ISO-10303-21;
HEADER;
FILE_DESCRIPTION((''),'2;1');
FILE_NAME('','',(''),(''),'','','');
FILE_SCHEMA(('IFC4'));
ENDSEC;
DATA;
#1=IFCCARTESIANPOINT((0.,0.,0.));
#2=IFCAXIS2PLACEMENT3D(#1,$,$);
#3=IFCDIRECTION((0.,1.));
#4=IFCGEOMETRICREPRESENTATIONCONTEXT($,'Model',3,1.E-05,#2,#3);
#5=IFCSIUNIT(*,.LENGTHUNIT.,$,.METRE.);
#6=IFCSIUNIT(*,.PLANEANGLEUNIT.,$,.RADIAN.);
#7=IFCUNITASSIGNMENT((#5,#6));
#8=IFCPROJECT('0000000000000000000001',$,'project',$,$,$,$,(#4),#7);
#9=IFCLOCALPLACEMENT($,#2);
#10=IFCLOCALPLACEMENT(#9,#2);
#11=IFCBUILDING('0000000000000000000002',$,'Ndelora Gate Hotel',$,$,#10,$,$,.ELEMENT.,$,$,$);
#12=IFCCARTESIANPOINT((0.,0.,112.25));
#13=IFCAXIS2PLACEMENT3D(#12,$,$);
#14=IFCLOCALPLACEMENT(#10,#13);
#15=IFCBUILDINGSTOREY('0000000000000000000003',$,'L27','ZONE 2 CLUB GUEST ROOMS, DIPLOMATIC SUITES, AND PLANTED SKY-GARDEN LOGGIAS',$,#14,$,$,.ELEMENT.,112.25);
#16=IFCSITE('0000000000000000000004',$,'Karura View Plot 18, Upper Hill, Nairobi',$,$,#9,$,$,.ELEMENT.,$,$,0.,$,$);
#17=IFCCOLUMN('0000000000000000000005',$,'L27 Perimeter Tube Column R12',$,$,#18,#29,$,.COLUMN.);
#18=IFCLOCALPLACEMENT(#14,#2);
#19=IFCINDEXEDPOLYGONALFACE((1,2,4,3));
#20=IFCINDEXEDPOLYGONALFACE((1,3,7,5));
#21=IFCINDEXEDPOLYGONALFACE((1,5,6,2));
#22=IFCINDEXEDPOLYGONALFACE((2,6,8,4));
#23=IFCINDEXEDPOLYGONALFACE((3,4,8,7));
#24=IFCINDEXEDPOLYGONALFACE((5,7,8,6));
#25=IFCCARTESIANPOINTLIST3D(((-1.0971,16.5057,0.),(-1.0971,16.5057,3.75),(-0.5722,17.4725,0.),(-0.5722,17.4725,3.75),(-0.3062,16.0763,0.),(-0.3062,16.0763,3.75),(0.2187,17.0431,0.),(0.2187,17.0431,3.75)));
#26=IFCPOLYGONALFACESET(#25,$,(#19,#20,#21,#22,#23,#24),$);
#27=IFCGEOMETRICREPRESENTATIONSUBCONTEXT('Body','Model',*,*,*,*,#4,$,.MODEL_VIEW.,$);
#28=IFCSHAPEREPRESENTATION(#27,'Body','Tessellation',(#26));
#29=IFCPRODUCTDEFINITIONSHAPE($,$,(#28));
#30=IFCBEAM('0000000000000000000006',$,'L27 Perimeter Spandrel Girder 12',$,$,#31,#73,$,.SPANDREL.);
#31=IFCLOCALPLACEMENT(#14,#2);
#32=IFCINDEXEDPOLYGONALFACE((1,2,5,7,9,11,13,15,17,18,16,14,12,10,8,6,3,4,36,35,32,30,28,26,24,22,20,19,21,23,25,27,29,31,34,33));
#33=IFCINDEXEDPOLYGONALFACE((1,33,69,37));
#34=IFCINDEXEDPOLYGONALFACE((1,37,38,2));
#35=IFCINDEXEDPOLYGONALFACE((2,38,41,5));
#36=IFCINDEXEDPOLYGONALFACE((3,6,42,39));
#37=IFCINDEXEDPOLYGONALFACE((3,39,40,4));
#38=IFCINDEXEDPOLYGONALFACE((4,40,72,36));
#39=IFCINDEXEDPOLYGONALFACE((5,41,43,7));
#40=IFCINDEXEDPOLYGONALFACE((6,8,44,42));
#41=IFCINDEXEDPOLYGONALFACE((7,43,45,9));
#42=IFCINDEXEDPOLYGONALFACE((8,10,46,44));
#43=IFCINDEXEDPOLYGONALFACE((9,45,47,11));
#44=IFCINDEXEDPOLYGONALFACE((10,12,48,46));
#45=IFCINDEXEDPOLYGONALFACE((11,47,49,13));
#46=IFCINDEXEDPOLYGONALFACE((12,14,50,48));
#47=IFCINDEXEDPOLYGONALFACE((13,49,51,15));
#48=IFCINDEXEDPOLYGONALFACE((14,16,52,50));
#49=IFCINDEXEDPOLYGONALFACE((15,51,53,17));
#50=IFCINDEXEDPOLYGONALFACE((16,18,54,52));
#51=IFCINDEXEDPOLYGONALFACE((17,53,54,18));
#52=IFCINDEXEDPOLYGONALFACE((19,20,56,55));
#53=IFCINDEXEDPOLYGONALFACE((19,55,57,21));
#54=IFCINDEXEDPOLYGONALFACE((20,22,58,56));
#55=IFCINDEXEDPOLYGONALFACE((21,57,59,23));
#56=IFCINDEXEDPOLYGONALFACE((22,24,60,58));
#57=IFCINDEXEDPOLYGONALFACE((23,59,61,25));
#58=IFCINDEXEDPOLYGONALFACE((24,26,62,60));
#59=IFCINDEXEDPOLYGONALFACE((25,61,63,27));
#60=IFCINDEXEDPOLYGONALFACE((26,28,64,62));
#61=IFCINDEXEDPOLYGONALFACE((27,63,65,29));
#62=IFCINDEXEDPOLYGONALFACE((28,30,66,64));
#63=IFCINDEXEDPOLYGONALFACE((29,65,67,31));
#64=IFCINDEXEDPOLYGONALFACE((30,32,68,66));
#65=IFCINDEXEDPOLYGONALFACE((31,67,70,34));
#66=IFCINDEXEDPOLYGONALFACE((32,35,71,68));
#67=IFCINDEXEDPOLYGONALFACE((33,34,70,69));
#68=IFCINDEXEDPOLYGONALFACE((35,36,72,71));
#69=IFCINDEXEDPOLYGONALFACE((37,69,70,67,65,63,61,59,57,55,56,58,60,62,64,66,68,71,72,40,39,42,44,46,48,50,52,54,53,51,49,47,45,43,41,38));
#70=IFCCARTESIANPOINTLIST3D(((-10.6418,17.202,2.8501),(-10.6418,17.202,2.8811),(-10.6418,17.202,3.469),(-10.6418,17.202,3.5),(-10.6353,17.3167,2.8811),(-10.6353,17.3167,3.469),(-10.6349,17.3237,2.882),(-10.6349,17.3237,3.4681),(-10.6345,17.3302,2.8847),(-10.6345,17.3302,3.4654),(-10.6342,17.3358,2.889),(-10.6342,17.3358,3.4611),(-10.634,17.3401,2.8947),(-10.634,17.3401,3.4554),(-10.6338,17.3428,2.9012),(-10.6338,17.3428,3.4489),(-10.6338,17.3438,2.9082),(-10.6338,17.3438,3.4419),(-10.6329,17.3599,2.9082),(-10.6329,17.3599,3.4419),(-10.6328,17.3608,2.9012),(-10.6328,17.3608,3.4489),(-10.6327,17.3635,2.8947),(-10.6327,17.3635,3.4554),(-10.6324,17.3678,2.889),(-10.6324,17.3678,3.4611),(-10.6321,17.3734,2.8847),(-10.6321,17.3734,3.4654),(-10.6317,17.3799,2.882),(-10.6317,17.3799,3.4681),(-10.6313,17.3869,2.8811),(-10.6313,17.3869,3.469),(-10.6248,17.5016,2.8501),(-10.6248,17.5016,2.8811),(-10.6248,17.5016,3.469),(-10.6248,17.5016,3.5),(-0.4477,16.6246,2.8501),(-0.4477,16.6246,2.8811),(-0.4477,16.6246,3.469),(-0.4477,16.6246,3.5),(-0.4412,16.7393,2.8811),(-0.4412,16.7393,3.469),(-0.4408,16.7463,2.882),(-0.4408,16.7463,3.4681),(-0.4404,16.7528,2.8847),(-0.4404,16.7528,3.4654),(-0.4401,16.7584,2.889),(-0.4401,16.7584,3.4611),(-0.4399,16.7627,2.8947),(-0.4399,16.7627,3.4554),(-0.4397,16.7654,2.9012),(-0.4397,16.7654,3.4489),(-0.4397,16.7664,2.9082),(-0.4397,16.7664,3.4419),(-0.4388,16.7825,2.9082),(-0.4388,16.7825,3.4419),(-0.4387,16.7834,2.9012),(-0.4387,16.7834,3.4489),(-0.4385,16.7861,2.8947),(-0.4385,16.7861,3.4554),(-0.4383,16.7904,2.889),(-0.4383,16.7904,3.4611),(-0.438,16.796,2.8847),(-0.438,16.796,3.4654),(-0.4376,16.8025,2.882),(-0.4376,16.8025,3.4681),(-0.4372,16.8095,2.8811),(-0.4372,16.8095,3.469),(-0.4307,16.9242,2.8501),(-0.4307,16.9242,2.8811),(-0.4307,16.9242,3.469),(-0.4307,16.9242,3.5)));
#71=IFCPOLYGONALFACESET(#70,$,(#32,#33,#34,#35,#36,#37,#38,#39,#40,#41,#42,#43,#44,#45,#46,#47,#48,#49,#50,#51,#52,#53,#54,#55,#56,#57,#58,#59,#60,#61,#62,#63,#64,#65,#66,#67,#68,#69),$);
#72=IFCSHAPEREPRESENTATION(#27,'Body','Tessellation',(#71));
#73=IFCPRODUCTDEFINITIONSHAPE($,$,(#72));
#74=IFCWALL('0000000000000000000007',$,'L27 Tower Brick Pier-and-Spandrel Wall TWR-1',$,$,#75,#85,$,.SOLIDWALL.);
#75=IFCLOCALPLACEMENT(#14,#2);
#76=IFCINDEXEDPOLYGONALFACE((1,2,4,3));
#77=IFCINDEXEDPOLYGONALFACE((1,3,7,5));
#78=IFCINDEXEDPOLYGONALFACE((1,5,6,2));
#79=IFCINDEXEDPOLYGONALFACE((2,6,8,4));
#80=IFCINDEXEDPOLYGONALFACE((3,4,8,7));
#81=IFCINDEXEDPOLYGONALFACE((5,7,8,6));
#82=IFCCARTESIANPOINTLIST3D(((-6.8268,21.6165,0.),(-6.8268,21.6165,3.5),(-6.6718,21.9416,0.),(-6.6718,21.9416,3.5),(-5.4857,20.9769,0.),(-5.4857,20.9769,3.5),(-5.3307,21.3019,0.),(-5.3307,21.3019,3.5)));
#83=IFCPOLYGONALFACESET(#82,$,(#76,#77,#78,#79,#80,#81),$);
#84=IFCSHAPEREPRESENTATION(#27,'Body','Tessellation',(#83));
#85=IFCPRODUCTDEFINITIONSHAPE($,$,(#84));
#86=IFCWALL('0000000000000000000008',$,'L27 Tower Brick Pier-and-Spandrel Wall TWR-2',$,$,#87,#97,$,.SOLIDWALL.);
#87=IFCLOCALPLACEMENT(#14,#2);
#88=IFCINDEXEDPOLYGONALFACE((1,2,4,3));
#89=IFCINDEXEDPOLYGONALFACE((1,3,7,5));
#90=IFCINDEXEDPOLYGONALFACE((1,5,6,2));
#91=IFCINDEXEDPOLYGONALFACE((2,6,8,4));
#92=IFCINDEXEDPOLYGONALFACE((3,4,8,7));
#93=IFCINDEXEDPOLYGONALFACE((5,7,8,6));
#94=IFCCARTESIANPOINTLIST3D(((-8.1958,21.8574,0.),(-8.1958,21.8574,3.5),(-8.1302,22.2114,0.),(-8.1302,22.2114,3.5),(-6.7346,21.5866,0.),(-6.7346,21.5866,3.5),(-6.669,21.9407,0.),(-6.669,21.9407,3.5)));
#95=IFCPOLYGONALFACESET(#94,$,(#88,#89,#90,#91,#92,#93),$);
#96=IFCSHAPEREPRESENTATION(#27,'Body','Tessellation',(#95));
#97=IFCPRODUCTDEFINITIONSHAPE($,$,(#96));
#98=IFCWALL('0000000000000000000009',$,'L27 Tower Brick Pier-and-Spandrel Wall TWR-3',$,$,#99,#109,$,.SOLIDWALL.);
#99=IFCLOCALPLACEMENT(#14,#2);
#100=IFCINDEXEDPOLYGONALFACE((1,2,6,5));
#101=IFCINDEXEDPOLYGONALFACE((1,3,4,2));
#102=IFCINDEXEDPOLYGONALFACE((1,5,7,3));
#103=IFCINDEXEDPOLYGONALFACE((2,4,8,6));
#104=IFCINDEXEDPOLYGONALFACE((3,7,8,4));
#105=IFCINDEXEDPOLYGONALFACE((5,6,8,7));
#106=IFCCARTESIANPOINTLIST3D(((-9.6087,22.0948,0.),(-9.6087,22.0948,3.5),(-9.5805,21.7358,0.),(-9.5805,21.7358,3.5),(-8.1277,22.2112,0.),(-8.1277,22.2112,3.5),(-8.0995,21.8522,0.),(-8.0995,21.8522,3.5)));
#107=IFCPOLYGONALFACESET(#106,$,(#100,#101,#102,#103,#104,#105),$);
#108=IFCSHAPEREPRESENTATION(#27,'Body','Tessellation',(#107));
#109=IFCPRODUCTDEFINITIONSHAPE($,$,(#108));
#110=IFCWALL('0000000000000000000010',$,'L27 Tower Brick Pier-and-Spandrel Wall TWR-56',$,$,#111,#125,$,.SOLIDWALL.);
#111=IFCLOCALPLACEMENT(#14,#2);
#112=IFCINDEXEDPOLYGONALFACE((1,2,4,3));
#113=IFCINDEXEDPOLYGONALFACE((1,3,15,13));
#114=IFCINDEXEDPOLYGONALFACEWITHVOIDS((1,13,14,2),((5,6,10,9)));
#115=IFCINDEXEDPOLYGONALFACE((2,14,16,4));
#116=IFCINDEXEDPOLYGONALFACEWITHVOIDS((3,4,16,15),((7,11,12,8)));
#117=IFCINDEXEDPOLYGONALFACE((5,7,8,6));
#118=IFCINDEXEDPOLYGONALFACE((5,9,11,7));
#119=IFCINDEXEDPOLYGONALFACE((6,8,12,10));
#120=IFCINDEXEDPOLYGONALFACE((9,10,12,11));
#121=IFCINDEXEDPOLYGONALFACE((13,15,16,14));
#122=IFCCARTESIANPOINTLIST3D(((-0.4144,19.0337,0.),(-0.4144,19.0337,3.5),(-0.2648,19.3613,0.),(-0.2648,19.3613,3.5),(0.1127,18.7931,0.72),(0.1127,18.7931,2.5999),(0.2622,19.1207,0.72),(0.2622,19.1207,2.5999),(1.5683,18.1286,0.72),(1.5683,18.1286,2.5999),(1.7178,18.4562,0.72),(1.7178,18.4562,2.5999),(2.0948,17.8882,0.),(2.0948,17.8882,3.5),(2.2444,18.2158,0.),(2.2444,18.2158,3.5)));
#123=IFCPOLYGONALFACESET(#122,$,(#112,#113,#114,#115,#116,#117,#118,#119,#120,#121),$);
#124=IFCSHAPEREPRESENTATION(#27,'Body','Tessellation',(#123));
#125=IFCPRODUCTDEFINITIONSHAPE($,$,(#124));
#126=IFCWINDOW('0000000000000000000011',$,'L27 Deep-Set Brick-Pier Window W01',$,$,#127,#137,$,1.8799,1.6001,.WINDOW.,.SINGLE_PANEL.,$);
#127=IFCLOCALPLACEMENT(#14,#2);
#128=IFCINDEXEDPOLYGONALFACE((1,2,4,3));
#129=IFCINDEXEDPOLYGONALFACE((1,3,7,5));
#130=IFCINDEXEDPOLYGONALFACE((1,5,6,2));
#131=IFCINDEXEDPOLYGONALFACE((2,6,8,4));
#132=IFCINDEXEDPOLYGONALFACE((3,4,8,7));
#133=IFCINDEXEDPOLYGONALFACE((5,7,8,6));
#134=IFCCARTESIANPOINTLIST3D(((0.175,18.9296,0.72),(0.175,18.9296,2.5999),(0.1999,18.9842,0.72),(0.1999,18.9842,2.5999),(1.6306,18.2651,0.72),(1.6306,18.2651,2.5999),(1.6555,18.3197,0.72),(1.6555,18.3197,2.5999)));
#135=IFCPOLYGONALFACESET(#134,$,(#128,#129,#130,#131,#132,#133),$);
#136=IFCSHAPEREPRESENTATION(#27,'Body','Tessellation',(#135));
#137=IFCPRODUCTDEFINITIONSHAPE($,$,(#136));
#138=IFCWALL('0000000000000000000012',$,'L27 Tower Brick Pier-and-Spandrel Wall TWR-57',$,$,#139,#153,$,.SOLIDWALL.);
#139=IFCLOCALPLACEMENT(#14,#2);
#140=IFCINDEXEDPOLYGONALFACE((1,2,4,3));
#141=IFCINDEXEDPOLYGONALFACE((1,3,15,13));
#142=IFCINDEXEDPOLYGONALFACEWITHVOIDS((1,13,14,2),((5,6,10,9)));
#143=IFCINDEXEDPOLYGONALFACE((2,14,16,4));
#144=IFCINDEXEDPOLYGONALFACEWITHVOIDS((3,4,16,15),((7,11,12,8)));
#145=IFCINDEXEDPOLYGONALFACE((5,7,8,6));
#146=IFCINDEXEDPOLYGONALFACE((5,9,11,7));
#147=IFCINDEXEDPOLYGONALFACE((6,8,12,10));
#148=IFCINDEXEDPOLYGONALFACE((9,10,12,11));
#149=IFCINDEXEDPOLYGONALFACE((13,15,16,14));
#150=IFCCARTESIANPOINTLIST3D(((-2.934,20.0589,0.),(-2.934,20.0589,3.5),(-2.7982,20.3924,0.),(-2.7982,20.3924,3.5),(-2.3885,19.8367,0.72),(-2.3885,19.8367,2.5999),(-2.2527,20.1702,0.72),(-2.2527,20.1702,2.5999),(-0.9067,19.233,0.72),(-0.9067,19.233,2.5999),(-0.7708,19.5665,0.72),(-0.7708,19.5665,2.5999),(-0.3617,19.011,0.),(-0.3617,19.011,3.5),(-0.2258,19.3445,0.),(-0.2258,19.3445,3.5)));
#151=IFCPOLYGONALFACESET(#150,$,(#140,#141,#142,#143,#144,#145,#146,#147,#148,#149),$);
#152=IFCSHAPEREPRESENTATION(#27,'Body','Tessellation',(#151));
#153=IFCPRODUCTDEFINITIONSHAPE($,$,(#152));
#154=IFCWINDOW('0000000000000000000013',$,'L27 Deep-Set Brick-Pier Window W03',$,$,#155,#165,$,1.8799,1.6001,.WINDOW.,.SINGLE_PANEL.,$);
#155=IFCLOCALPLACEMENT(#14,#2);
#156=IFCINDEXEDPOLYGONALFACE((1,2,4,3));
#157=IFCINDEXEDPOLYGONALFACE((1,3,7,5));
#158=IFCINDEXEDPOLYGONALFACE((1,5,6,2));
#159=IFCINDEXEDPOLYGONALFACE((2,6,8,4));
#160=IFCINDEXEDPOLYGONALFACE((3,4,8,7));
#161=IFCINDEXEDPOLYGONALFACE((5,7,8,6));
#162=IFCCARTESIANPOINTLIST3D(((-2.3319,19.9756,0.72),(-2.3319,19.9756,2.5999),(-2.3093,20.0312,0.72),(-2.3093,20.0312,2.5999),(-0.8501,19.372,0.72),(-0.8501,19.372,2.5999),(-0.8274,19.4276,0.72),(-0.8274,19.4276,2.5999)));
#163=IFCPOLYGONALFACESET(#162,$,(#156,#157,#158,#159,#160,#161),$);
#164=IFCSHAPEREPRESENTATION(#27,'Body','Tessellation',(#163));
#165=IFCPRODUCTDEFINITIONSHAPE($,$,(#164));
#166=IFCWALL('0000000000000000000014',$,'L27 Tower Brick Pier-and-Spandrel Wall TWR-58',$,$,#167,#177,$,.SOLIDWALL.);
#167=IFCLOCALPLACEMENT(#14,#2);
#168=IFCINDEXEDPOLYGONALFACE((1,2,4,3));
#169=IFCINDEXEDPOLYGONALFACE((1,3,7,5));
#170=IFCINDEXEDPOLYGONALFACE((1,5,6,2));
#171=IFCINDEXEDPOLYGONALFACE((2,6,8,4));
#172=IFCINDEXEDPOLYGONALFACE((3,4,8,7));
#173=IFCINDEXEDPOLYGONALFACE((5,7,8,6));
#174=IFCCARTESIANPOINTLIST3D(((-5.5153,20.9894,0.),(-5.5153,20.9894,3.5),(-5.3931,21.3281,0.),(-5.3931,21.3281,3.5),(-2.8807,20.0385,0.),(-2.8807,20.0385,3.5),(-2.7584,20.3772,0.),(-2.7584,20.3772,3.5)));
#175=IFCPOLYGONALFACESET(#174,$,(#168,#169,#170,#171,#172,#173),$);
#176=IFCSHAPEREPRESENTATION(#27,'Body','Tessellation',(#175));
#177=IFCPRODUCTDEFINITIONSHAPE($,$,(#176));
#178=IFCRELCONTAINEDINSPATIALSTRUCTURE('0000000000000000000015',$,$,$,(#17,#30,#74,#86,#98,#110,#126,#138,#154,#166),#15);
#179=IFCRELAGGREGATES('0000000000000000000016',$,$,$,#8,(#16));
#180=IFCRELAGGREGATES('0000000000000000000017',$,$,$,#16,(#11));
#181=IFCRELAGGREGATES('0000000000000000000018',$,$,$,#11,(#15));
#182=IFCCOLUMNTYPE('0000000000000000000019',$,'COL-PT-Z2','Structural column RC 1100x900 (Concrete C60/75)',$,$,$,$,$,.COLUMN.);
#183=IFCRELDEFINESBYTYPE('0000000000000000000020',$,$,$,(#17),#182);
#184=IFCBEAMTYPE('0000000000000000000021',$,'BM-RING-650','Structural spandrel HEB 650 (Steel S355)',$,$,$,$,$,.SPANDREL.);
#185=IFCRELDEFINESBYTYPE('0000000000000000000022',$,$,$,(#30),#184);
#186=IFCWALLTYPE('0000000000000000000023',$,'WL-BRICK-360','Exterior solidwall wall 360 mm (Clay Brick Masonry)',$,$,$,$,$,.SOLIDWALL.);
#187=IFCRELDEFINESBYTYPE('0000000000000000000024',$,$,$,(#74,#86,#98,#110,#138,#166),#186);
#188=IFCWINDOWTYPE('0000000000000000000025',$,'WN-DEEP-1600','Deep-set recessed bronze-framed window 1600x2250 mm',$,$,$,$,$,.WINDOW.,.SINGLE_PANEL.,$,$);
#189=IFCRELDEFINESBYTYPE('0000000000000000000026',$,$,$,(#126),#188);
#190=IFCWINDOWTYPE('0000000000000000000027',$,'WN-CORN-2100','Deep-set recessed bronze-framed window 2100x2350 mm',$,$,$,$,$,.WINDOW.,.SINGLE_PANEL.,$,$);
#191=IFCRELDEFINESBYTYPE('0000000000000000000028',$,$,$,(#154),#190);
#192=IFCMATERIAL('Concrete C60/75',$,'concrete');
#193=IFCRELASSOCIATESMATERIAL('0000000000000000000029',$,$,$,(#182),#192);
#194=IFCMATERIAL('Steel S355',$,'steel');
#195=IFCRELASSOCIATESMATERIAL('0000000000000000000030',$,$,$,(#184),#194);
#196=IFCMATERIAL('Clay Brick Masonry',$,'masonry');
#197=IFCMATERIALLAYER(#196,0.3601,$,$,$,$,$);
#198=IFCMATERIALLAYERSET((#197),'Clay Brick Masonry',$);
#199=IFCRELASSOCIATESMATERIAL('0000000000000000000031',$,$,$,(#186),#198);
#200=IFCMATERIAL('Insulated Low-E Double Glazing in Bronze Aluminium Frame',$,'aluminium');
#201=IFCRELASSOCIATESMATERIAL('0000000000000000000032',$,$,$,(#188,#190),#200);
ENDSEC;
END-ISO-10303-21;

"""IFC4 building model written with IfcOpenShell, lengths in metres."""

from ifc_helpers import new_model, si_unit, direction, frame, frame_2d, origin, origin_2d, place, context, subcontext, project, spatial, rectangle, i_section, extrude, material, layer, layer_set, material_profile, profile_set, type_object, element, fill, save


model = new_model("IFC4")

# Units and contexts
model_context = context("Model", 3, precision=1e-05, world=origin(), true_north=direction((0.0, 1.0)))
body_context = subcontext(model_context, "Body", "Model", "MODEL_VIEW")
ifc_project = project(units=[si_unit("LENGTHUNIT", "METRE"), si_unit("PLANEANGLEUNIT", "RADIAN")], contexts=[model_context])

# Site, building, storey
site_placement = place(None, origin())
site = spatial("IfcSite", under=ifc_project, at=site_placement, Name="Karura View Plot 18, Upper Hill, Nairobi", CompositionType="ELEMENT", RefElevation=0.0)
building_placement = place(site_placement, origin())
building = spatial("IfcBuilding", under=site, at=building_placement, Name="Ndelora Gate Hotel", CompositionType="ELEMENT")
storey_placement = place(building_placement, frame((0.0, 0.0, 112.25)))
storey = spatial("IfcBuildingStorey", under=building, at=storey_placement, Name="L27", Description="ZONE 2 CLUB GUEST ROOMS, DIPLOMATIC SUITES, AND PLANTED SKY-GARDEN LOGGIAS", CompositionType="ELEMENT", Elevation=112.25)

# Column
ifc_material_1 = material(Name="Concrete C60/75", Category="concrete")
ifc_material_profile_1 = material_profile(ifc_material_1, rectangle(XDim=0.8999, YDim=1.1001, at=origin_2d()), Name="RC 1100x900")
ifc_profile_set_1 = profile_set([ifc_material_profile_1], Name="Concrete C60/75")
column_type = type_object("IfcColumnType", Name="COL-PT-Z2", Description="Structural column RC 1100x900 (Concrete C60/75)", PredefinedType="COLUMN", material=ifc_profile_set_1)
column_placement = place(storey_placement, frame((-0.4392, 16.7744, 0.0), z_axis=(0.0, 0.0, 1.0), x_axis=(-0.878817, 0.477159, 0.0)))
element("IfcColumn", 1, at=column_placement, inside=storey, type_object=column_type, Name="L27 Perimeter Tube Column R12", PredefinedType="COLUMN", context=body_context, shape_type="SweptSolid", body=[
    extrude(rectangle(XDim=0.8999, YDim=1.1001, at=origin_2d()), origin(), (0.0, 0.0, 1.0), 3.75),
])

# Beam
ifc_material_2 = material(Name="Steel S355", Category="steel")
ifc_material_profile_2 = material_profile(ifc_material_2, i_section(OverallWidth=0.3, OverallDepth=0.6499, WebThickness=0.0161, FlangeThickness=0.031, FilletRadius=0.0271, at=origin_2d()), Name="HEB 650")
ifc_profile_set_2 = profile_set([ifc_material_profile_2], Name="Steel S355")
beam_type = type_object("IfcBeamType", Name="BM-RING-650", Description="Structural spandrel HEB 650 (Steel S355)", PredefinedType="SPANDREL", material=ifc_profile_set_2)
beam_placement = place(storey_placement, frame((-0.4392, 16.7744, 3.175), z_axis=(-0.9984, 0.056549, 0.0), x_axis=(-0.056549, -0.9984, 0.0)))
element("IfcBeam", 2, at=beam_placement, inside=storey, type_object=beam_type, Name="L27 Perimeter Spandrel Girder 12", PredefinedType="SPANDREL", context=body_context, shape_type="SweptSolid", body=[
    extrude(i_section(OverallWidth=0.3, OverallDepth=0.6499, WebThickness=0.0161, FlangeThickness=0.031, FilletRadius=0.0271, at=origin_2d()), origin(), (0.0, 0.0, 1.0), 10.2104),
])

# Walls
ifc_material_3 = material(Name="Clay Brick Masonry", Category="masonry")
ifc_layer_1 = layer(ifc_material_3, 0.3601)
ifc_layer_set_1 = layer_set([ifc_layer_1], Name="Clay Brick Masonry")
wall_type_1 = type_object("IfcWallType", Name="WL-BRICK-360", Description="Exterior solidwall wall 360 mm (Clay Brick Masonry)", PredefinedType="SOLIDWALL", material=ifc_layer_set_1)
wall_1_placement = place(storey_placement, frame((-6.7493, 21.7791, 0.0), z_axis=(0.0, 0.0, 1.0), x_axis=(0.902587, -0.430508, 0.0)))
element("IfcWall", 3, at=wall_1_placement, inside=storey, type_object=wall_type_1, Name="L27 Tower Brick Pier-and-Spandrel Wall TWR-1", PredefinedType="SOLIDWALL", context=body_context, shape_type="SweptSolid", body=[
    extrude(rectangle(XDim=1.4858, YDim=0.3601, at=frame_2d((0.7429, 0.0))), origin(), (0.0, 0.0, 1.0), 3.5),
])
wall_2_placement = place(storey_placement, frame((-8.1631, 22.0344, 0.0), z_axis=(0.0, 0.0, 1.0), x_axis=(0.983262, -0.182195, 0.0)))
element("IfcWall", 4, at=wall_2_placement, inside=storey, type_object=wall_type_1, Name="L27 Tower Brick Pier-and-Spandrel Wall TWR-2", PredefinedType="SOLIDWALL", context=body_context, shape_type="SweptSolid", body=[
    extrude(rectangle(XDim=1.4861, YDim=0.3601, at=frame_2d((0.7432, 0.0))), origin(), (0.0, 0.0, 1.0), 3.5),
])
wall_3_placement = place(storey_placement, frame((-9.5945, 21.9153, 0.0), z_axis=(0.0, 0.0, 1.0), x_axis=(0.996923, 0.078393, 0.0)))
element("IfcWall", 5, at=wall_3_placement, inside=storey, type_object=wall_type_1, Name="L27 Tower Brick Pier-and-Spandrel Wall TWR-3", PredefinedType="SOLIDWALL", context=body_context, shape_type="SweptSolid", body=[
    extrude(rectangle(XDim=1.4856, YDim=0.3601, at=frame_2d((0.7427, 0.0))), origin(), (0.0, 0.0, 1.0), 3.5),
])

# Walls, openings, windows
wall_4_placement = place(storey_placement, frame((-0.3396, 19.1975, 0.0), z_axis=(0.0, 0.0, 1.0), x_axis=(0.909692, -0.415283, 0.0)))
wall_4 = element("IfcWall", 6, at=wall_4_placement, inside=storey, type_object=wall_type_1, Name="L27 Tower Brick Pier-and-Spandrel Wall TWR-56", PredefinedType="SOLIDWALL", context=body_context, shape_type="SweptSolid", body=[
    extrude(rectangle(XDim=2.7583, YDim=0.3601, at=frame_2d((1.3792, 0.0))), origin(), (0.0, 0.0, 1.0), 3.5),
])
opening_1_placement = place(wall_4_placement, frame((0.5793, 0.0, 0.72)))
opening_1 = element("IfcOpeningElement", 7, at=opening_1_placement, cuts=wall_4, PredefinedType="OPENING", context=body_context, shape_type="SweptSolid", body=[
    extrude(rectangle(XDim=1.6001, YDim=1.8799, at=frame_2d((0.8, 0.9399))), frame((0.0, 0.1899, 0.0), z_axis=(0.0, -1.0, 0.0), x_axis=(1.0, 0.0, 0.0)), (0.0, 0.0, 1.0), 0.3801),
])
ifc_material_4 = material(Name="Insulated Low-E Double Glazing in Bronze Aluminium Frame", Category="aluminium")
window_type_1 = type_object("IfcWindowType", Name="WN-DEEP-1600", Description="Deep-set recessed bronze-framed window 1600x2250 mm", PartitioningType="SINGLE_PANEL", PredefinedType="WINDOW", material=ifc_material_4)
window_1_placement = place(opening_1_placement, origin())
window_1 = element("IfcWindow", 8, at=window_1_placement, inside=storey, type_object=window_type_1, Name="L27 Deep-Set Brick-Pier Window W01", OverallHeight=1.8799, OverallWidth=1.6001, PartitioningType="SINGLE_PANEL", PredefinedType="WINDOW", context=body_context, shape_type="SweptSolid", body=[
    extrude(rectangle(XDim=1.6001, YDim=1.8799, at=frame_2d((0.8, 0.9399))), frame((0.0, 0.03, 0.0), z_axis=(0.0, -1.0, 0.0), x_axis=(1.0, 0.0, 0.0)), (0.0, 0.0, 1.0), 0.0601),
])
fill(opening_1, window_1)
wall_5_placement = place(storey_placement, frame((-2.866, 20.2256, 0.0), z_axis=(0.0, 0.0, 1.0), x_axis=(0.926106, -0.377263, 0.0)))
wall_5 = element("IfcWall", 9, at=wall_5_placement, inside=storey, type_object=wall_type_1, Name="L27 Tower Brick Pier-and-Spandrel Wall TWR-57", PredefinedType="SOLIDWALL", context=body_context, shape_type="SweptSolid", body=[
    extrude(rectangle(XDim=2.7776, YDim=0.3601, at=frame_2d((1.3887, 0.0))), origin(), (0.0, 0.0, 1.0), 3.5),
])
opening_2_placement = place(wall_5_placement, frame((0.5889, 0.0, 0.72)))
opening_2 = element("IfcOpeningElement", 10, at=opening_2_placement, cuts=wall_5, PredefinedType="OPENING", context=body_context, shape_type="SweptSolid", body=[
    extrude(rectangle(XDim=1.6001, YDim=1.8799, at=frame_2d((0.8, 0.9399))), frame((0.0, 0.1899, 0.0), z_axis=(0.0, -1.0, 0.0), x_axis=(1.0, 0.0, 0.0)), (0.0, 0.0, 1.0), 0.3801),
])
window_type_2 = type_object("IfcWindowType", Name="WN-CORN-2100", Description="Deep-set recessed bronze-framed window 2100x2350 mm", PartitioningType="SINGLE_PANEL", PredefinedType="WINDOW", material=ifc_material_4)
window_2_placement = place(opening_2_placement, origin())
window_2 = element("IfcWindow", 11, at=window_2_placement, inside=storey, type_object=window_type_2, Name="L27 Deep-Set Brick-Pier Window W03", OverallHeight=1.8799, OverallWidth=1.6001, PartitioningType="SINGLE_PANEL", PredefinedType="WINDOW", context=body_context, shape_type="SweptSolid", body=[
    extrude(rectangle(XDim=1.6001, YDim=1.8799, at=frame_2d((0.8, 0.9399))), frame((0.0, 0.03, 0.0), z_axis=(0.0, -1.0, 0.0), x_axis=(1.0, 0.0, 0.0)), (0.0, 0.0, 1.0), 0.0601),
])
fill(opening_2, window_2)

# Wall
wall_6_placement = place(storey_placement, frame((-5.4541, 21.1587, 0.0), z_axis=(0.0, 0.0, 1.0), x_axis=(0.940613, -0.339482, 0.0)))
element("IfcWall", 12, at=wall_6_placement, inside=storey, type_object=wall_type_1, Name="L27 Tower Brick Pier-and-Spandrel Wall TWR-58", PredefinedType="SOLIDWALL", context=body_context, shape_type="SweptSolid", body=[
    extrude(rectangle(XDim=2.801, YDim=0.3601, at=frame_2d((1.4004, 0.0))), origin(), (0.0, 0.0, 1.0), 3.5),
])

save(model, "model.ifc")
